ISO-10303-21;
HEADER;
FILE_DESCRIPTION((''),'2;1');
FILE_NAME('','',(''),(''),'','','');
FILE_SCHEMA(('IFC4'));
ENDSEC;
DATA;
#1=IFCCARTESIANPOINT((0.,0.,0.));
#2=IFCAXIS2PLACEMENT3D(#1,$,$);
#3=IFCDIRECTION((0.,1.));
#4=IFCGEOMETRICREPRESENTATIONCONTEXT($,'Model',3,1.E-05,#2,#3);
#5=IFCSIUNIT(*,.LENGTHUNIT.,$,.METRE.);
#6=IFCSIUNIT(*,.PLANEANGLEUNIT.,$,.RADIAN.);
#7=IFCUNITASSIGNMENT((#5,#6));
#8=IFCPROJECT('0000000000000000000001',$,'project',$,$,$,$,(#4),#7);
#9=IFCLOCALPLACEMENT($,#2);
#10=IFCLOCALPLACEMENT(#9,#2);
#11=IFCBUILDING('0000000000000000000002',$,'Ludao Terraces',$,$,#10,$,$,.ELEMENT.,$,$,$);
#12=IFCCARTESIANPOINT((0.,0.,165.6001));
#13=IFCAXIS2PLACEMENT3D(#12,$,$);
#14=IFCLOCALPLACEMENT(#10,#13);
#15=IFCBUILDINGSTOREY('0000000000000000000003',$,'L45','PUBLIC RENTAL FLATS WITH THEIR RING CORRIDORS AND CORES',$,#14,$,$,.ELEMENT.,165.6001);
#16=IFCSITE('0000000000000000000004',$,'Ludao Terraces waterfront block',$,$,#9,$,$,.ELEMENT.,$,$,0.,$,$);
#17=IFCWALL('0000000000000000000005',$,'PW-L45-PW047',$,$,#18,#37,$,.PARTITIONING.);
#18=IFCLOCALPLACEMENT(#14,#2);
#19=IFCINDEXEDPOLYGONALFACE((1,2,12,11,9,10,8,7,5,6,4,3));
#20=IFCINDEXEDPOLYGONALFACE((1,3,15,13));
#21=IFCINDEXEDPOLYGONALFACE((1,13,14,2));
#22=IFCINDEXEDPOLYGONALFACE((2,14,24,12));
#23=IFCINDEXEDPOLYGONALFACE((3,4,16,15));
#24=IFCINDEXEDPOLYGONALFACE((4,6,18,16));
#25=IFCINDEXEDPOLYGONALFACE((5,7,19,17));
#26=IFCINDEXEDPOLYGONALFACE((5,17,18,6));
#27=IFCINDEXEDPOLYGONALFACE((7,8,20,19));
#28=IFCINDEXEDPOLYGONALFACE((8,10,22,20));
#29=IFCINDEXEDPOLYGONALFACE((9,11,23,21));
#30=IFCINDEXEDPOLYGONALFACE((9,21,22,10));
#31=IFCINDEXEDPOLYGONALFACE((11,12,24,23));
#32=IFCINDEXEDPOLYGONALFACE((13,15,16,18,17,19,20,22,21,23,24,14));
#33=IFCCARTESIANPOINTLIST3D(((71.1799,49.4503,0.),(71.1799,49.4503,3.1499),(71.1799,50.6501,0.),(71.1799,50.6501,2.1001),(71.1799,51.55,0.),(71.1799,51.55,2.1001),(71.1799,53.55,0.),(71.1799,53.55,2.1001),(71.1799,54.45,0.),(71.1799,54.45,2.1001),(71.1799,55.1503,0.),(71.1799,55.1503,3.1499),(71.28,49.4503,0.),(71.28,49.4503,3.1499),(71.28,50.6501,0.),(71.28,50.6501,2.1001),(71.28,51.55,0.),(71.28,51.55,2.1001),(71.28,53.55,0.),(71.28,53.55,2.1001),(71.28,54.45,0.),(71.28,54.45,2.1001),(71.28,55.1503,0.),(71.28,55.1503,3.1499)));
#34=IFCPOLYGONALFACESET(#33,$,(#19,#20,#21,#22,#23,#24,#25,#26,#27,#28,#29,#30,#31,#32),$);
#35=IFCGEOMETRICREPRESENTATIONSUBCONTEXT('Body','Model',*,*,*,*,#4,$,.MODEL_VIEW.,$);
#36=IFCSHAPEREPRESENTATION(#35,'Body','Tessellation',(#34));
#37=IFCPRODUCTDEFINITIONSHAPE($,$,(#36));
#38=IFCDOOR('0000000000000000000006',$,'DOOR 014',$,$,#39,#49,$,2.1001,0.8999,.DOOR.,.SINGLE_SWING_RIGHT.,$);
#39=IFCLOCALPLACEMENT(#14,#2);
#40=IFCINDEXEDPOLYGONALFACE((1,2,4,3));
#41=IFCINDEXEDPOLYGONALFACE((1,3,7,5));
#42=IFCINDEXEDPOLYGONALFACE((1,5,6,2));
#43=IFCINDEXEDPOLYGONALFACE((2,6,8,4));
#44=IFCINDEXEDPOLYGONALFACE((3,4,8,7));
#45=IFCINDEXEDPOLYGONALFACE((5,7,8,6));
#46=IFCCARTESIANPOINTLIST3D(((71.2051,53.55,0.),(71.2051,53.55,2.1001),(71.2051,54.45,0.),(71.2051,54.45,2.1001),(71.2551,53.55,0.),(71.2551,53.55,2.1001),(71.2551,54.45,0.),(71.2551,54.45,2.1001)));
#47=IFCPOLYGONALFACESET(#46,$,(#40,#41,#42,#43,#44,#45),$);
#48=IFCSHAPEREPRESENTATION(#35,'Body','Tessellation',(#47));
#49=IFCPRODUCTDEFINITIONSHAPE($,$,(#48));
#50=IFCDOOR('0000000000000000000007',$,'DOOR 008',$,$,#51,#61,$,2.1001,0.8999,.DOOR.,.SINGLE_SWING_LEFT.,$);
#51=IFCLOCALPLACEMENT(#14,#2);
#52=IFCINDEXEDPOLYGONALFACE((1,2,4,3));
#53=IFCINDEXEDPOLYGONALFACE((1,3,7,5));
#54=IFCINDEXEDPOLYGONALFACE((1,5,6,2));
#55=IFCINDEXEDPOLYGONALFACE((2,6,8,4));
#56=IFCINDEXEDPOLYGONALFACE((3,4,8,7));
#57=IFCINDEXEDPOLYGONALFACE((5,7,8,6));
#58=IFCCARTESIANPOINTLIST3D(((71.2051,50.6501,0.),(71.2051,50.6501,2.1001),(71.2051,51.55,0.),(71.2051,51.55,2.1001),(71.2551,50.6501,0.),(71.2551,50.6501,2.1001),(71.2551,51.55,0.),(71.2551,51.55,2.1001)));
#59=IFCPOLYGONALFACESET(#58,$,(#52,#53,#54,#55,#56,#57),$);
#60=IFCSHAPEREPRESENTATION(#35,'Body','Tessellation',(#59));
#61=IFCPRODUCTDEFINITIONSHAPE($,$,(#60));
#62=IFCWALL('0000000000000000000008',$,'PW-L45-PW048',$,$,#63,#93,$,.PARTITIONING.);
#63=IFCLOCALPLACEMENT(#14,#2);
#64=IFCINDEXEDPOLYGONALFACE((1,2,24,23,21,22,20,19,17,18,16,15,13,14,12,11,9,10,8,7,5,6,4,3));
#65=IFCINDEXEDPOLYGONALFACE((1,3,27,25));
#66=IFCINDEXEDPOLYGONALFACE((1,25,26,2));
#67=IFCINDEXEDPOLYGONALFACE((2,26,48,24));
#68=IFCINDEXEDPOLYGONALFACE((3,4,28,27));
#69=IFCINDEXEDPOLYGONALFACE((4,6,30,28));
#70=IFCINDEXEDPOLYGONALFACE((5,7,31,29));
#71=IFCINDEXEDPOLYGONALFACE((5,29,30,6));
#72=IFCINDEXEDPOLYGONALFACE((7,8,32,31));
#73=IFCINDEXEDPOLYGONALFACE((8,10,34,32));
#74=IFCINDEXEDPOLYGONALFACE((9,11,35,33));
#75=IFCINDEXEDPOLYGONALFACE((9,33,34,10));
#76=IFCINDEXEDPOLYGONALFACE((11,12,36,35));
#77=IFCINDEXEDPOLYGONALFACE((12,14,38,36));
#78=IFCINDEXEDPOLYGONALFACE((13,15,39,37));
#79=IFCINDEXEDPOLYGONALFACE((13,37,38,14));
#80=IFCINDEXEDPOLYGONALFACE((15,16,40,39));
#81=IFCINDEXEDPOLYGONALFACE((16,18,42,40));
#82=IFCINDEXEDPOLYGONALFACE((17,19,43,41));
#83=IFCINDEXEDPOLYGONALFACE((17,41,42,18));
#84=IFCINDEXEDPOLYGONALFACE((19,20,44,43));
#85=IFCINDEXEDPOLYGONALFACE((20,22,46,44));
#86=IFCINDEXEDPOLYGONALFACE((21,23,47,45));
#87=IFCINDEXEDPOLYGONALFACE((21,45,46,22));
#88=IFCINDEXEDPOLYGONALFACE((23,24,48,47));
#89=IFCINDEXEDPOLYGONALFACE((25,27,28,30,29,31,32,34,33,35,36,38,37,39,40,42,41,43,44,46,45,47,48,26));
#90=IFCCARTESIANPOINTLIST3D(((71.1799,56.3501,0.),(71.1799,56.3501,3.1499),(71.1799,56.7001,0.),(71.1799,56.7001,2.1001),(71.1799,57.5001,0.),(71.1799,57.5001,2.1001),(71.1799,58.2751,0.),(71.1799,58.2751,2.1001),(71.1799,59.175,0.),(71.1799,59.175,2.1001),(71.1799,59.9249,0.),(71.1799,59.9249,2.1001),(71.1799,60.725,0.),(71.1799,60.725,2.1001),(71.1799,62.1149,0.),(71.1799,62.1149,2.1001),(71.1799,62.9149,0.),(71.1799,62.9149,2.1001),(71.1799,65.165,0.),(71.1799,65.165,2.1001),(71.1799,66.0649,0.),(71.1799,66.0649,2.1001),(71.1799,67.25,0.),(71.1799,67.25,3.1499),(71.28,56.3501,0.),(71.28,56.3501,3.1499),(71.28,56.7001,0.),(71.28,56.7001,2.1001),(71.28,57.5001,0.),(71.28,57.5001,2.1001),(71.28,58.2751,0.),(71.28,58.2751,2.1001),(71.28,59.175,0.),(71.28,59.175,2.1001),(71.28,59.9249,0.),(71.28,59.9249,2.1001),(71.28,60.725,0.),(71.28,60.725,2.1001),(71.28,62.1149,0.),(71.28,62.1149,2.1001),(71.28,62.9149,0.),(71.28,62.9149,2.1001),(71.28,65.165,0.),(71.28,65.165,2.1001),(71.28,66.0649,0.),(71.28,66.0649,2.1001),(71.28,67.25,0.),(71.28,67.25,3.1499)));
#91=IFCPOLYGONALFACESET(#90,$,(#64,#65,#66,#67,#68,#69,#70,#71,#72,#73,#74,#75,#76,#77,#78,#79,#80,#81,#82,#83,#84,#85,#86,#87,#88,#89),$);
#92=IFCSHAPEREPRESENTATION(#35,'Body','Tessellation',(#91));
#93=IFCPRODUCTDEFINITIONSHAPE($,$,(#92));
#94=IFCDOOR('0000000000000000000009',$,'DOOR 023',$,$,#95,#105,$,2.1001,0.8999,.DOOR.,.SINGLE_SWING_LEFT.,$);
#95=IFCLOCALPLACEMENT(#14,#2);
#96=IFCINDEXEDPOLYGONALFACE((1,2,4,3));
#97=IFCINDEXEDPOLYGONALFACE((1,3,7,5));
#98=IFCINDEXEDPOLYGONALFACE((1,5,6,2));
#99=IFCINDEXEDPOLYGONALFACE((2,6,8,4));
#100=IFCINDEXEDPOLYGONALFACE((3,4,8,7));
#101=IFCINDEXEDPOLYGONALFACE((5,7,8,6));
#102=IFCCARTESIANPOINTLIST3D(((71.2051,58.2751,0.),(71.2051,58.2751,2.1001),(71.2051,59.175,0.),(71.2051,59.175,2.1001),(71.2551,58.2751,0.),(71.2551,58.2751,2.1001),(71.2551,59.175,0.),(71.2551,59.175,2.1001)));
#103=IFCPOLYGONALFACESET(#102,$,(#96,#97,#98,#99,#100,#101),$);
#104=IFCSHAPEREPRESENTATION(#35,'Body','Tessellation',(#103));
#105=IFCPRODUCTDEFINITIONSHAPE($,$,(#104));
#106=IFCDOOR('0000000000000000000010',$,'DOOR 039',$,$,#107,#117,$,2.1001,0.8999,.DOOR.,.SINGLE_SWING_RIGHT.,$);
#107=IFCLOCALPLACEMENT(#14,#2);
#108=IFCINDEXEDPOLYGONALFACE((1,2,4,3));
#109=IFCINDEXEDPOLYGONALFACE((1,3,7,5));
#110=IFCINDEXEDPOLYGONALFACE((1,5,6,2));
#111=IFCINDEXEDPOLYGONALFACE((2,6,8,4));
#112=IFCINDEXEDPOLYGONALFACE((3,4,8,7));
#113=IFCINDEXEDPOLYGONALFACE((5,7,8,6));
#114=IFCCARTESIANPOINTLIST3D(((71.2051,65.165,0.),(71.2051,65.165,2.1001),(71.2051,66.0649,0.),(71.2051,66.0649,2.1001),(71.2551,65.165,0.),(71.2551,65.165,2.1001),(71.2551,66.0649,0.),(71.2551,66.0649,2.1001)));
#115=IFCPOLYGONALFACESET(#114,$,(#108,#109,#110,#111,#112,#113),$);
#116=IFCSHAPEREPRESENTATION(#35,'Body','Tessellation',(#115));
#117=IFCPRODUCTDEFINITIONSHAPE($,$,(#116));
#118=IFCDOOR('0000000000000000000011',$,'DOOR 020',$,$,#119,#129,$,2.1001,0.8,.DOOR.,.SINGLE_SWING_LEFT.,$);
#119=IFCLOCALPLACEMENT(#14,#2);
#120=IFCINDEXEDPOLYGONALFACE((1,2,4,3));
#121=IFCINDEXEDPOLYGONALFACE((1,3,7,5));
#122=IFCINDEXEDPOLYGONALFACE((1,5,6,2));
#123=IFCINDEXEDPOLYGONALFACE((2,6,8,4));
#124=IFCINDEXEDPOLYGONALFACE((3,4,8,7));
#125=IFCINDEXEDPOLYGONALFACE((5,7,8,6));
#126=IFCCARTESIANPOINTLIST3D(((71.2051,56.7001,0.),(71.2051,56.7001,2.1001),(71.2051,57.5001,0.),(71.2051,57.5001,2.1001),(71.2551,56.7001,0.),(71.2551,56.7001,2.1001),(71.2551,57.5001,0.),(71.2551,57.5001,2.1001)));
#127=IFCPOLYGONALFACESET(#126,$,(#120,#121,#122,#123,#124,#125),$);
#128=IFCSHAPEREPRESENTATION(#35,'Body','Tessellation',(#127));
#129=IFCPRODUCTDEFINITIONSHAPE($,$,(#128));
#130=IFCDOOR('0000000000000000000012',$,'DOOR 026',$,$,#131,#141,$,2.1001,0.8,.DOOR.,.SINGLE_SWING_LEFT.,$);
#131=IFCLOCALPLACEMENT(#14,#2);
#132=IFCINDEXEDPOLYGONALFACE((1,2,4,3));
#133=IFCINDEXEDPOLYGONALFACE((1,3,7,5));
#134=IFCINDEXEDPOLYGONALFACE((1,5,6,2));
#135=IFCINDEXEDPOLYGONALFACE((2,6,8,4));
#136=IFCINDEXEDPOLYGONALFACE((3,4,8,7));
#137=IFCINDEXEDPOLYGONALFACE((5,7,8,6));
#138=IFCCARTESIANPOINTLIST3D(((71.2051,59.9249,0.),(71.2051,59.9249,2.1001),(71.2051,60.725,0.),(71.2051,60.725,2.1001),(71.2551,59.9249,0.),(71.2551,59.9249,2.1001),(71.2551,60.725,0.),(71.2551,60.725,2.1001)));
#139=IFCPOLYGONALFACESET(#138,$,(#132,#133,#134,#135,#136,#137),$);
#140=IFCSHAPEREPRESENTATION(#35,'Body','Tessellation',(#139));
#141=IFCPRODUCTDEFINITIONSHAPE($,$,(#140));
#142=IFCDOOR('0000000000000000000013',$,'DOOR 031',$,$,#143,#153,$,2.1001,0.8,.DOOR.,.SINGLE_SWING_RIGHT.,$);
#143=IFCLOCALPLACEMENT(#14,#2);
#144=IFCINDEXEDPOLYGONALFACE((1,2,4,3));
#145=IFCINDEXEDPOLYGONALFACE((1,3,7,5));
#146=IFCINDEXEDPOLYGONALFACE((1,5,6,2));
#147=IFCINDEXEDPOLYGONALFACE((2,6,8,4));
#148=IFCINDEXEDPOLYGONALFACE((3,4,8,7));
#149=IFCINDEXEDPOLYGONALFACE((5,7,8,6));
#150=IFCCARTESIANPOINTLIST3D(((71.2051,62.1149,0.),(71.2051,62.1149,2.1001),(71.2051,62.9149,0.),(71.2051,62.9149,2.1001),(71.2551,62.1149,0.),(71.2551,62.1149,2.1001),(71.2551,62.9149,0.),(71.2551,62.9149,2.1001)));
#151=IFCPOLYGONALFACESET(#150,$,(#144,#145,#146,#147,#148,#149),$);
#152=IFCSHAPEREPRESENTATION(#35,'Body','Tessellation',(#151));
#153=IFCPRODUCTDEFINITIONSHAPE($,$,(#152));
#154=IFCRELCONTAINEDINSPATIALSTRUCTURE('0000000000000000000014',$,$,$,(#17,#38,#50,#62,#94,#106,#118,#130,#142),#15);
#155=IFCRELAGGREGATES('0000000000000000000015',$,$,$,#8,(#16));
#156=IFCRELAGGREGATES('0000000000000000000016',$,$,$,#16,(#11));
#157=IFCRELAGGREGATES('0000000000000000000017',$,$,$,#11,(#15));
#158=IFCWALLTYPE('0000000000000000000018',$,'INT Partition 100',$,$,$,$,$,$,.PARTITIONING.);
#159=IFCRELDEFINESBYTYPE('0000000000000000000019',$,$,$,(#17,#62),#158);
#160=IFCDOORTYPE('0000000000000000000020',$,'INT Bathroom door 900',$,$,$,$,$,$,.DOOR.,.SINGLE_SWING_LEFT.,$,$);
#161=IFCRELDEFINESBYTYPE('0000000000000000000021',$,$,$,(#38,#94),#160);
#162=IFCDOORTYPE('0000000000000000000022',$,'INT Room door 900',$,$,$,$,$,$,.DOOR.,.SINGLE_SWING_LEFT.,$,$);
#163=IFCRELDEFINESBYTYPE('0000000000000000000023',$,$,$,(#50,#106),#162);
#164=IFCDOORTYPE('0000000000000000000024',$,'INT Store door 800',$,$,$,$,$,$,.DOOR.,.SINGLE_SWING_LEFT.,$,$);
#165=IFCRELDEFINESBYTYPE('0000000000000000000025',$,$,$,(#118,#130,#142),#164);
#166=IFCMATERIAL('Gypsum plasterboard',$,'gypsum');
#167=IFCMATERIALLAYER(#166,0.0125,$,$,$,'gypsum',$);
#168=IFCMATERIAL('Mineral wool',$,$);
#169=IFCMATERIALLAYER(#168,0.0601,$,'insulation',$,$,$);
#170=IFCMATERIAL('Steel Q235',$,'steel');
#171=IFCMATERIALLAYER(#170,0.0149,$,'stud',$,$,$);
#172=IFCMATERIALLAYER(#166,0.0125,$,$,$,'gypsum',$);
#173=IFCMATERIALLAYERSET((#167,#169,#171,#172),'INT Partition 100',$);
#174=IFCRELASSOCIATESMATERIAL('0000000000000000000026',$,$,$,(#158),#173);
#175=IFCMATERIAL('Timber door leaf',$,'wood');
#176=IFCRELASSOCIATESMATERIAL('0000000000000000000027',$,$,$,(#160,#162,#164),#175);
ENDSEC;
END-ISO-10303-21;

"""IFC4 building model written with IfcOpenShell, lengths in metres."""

from ifc_helpers import new_model, si_unit, direction, frame, frame_2d, origin, place, context, subcontext, project, spatial, rectangle, extrude, material, layer, layer_set, type_object, element, fill, save


model = new_model("IFC4")

# Units and contexts
model_context = context("Model", 3, precision=1e-05, world=origin(), true_north=direction((0.0, 1.0)))
body_context = subcontext(model_context, "Body", "Model", "MODEL_VIEW")
ifc_project = project(units=[si_unit("LENGTHUNIT", "METRE"), si_unit("PLANEANGLEUNIT", "RADIAN")], contexts=[model_context])

# Site, building, storey
site_placement = place(None, origin())
site = spatial("IfcSite", under=ifc_project, at=site_placement, Name="Ludao Terraces waterfront block", CompositionType="ELEMENT", RefElevation=0.0)
building_placement = place(site_placement, origin())
building = spatial("IfcBuilding", under=site, at=building_placement, Name="Ludao Terraces", CompositionType="ELEMENT")
storey_placement = place(building_placement, frame((0.0, 0.0, 165.6001)))
storey = spatial("IfcBuildingStorey", under=building, at=storey_placement, Name="L45", Description="PUBLIC RENTAL FLATS WITH THEIR RING CORRIDORS AND CORES", CompositionType="ELEMENT", Elevation=165.6001)

# Shared definitions
ifc_material_1 = material(Name="Timber door leaf", Category="wood")

# Shared definitions
ifc_material_2 = material(Name="Gypsum plasterboard", Category="gypsum")
ifc_layer_1 = layer(ifc_material_2, 0.0125, Category="gypsum")
ifc_material_3 = material(Name="Mineral wool")
ifc_layer_2 = layer(ifc_material_3, 0.0601, Name="insulation")
ifc_material_4 = material(Name="Steel Q235", Category="steel")
ifc_layer_3 = layer(ifc_material_4, 0.0149, Name="stud")
ifc_layer_4 = layer(ifc_material_2, 0.0125, Category="gypsum")
ifc_layer_set_1 = layer_set([ifc_layer_1, ifc_layer_2, ifc_layer_3, ifc_layer_4], Name="INT Partition 100")
wall_type_1 = type_object("IfcWallType", Name="INT Partition 100", PredefinedType="PARTITIONING", material=ifc_layer_set_1)

# Walls, openings, doors
wall_1_placement = place(storey_placement, frame((71.23, 49.4502, 0.0), z_axis=(0.0, 0.0, 1.0), x_axis=(0.0, 1.0, 0.0)))
wall_1 = element("IfcWall", 1, at=wall_1_placement, inside=storey, type_object=wall_type_1, Name="PW-L45-PW047", PredefinedType="PARTITIONING", context=body_context, shape_type="SweptSolid", body=[
    extrude(rectangle(XDim=5.7, YDim=0.1001, at=frame_2d((2.8501, 0.0))), origin(), (0.0, 0.0, 1.0), 3.1499),
])
opening_1_placement = place(wall_1_placement, frame((1.2, 0.0, 0.0)))
opening_1 = element("IfcOpeningElement", 2, at=opening_1_placement, cuts=wall_1, PredefinedType="OPENING", context=body_context, shape_type="SweptSolid", body=[
    extrude(rectangle(XDim=0.8999, YDim=2.1001, at=frame_2d((0.45, 1.05))), frame((0.0, 0.0601, 0.0), z_axis=(0.0, -1.0, 0.0), x_axis=(1.0, 0.0, 0.0)), (0.0, 0.0, 1.0), 0.1201),
])
opening_2_placement = place(wall_1_placement, frame((4.0999, 0.0, 0.0)))
opening_2 = element("IfcOpeningElement", 3, at=opening_2_placement, cuts=wall_1, PredefinedType="OPENING", context=body_context, shape_type="SweptSolid", body=[
    extrude(rectangle(XDim=0.8999, YDim=2.1001, at=frame_2d((0.45, 1.05))), frame((0.0, 0.0601, 0.0), z_axis=(0.0, -1.0, 0.0), x_axis=(1.0, 0.0, 0.0)), (0.0, 0.0, 1.0), 0.1201),
])
door_type_1 = type_object("IfcDoorType", Name="INT Bathroom door 900", OperationType="SINGLE_SWING_LEFT", PredefinedType="DOOR", material=ifc_material_1)
door_1_placement = place(opening_2_placement, origin())
door_1 = element("IfcDoor", 4, at=door_1_placement, inside=storey, type_object=door_type_1, Name="DOOR 014", OperationType="SINGLE_SWING_RIGHT", OverallHeight=2.1001, OverallWidth=0.8999, PredefinedType="DOOR", context=body_context, shape_type="SweptSolid", body=[
    extrude(rectangle(XDim=0.8999, YDim=2.1001, at=frame_2d((0.45, 1.05))), frame((0.0, 0.0249, 0.0), z_axis=(0.0, -1.0, 0.0), x_axis=(1.0, 0.0, 0.0)), (0.0, 0.0, 1.0), 0.05),
])
fill(opening_2, door_1)
door_type_2 = type_object("IfcDoorType", Name="INT Room door 900", OperationType="SINGLE_SWING_LEFT", PredefinedType="DOOR", material=ifc_material_1)
door_2_placement = place(opening_1_placement, origin())
door_2 = element("IfcDoor", 5, at=door_2_placement, inside=storey, type_object=door_type_2, Name="DOOR 008", OperationType="SINGLE_SWING_LEFT", OverallHeight=2.1001, OverallWidth=0.8999, PredefinedType="DOOR", context=body_context, shape_type="SweptSolid", body=[
    extrude(rectangle(XDim=0.8999, YDim=2.1001, at=frame_2d((0.45, 1.05))), frame((0.0, 0.0249, 0.0), z_axis=(0.0, -1.0, 0.0), x_axis=(1.0, 0.0, 0.0)), (0.0, 0.0, 1.0), 0.05),
])
fill(opening_1, door_2)
wall_2_placement = place(storey_placement, frame((71.23, 56.3501, 0.0), z_axis=(0.0, 0.0, 1.0), x_axis=(0.0, 1.0, 0.0)))
wall_2 = element("IfcWall", 6, at=wall_2_placement, inside=storey, type_object=wall_type_1, Name="PW-L45-PW048", PredefinedType="PARTITIONING", context=body_context, shape_type="SweptSolid", body=[
    extrude(rectangle(XDim=10.8999, YDim=0.1001, at=frame_2d((5.45, 0.0))), origin(), (0.0, 0.0, 1.0), 3.1499),
])
opening_3_placement = place(wall_2_placement, frame((0.3501, 0.0, 0.0)))
opening_3 = element("IfcOpeningElement", 7, at=opening_3_placement, cuts=wall_2, PredefinedType="OPENING", context=body_context, shape_type="SweptSolid", body=[
    extrude(rectangle(XDim=0.8, YDim=2.1001, at=frame_2d((0.3999, 1.05))), frame((0.0, 0.0601, 0.0), z_axis=(0.0, -1.0, 0.0), x_axis=(1.0, 0.0, 0.0)), (0.0, 0.0, 1.0), 0.1201),
])
opening_4_placement = place(wall_2_placement, frame((1.925, 0.0, 0.0)))
opening_4 = element("IfcOpeningElement", 8, at=opening_4_placement, cuts=wall_2, PredefinedType="OPENING", context=body_context, shape_type="SweptSolid", body=[
    extrude(rectangle(XDim=0.8999, YDim=2.1001, at=frame_2d((0.45, 1.05))), frame((0.0, 0.0601, 0.0), z_axis=(0.0, -1.0, 0.0), x_axis=(1.0, 0.0, 0.0)), (0.0, 0.0, 1.0), 0.1201),
])
opening_5_placement = place(wall_2_placement, frame((3.575, 0.0, 0.0)))
opening_5 = element("IfcOpeningElement", 9, at=opening_5_placement, cuts=wall_2, PredefinedType="OPENING", context=body_context, shape_type="SweptSolid", body=[
    extrude(rectangle(XDim=0.8, YDim=2.1001, at=frame_2d((0.3999, 1.05))), frame((0.0, 0.0601, 0.0), z_axis=(0.0, -1.0, 0.0), x_axis=(1.0, 0.0, 0.0)), (0.0, 0.0, 1.0), 0.1201),
])
opening_6_placement = place(wall_2_placement, frame((5.7649, 0.0, 0.0)))
opening_6 = element("IfcOpeningElement", 10, at=opening_6_placement, cuts=wall_2, PredefinedType="OPENING", context=body_context, shape_type="SweptSolid", body=[
    extrude(rectangle(XDim=0.8, YDim=2.1001, at=frame_2d((0.3999, 1.05))), frame((0.0, 0.0601, 0.0), z_axis=(0.0, -1.0, 0.0), x_axis=(1.0, 0.0, 0.0)), (0.0, 0.0, 1.0), 0.1201),
])
opening_7_placement = place(wall_2_placement, frame((8.8149, 0.0, 0.0)))
opening_7 = element("IfcOpeningElement", 11, at=opening_7_placement, cuts=wall_2, PredefinedType="OPENING", context=body_context, shape_type="SweptSolid", body=[
    extrude(rectangle(XDim=0.8999, YDim=2.1001, at=frame_2d((0.45, 1.05))), frame((0.0, 0.0601, 0.0), z_axis=(0.0, -1.0, 0.0), x_axis=(1.0, 0.0, 0.0)), (0.0, 0.0, 1.0), 0.1201),
])
door_3_placement = place(opening_4_placement, origin())
door_3 = element("IfcDoor", 12, at=door_3_placement, inside=storey, type_object=door_type_1, Name="DOOR 023", OperationType="SINGLE_SWING_LEFT", OverallHeight=2.1001, OverallWidth=0.8999, PredefinedType="DOOR", context=body_context, shape_type="SweptSolid", body=[
    extrude(rectangle(XDim=0.8999, YDim=2.1001, at=frame_2d((0.45, 1.05))), frame((0.0, 0.0249, 0.0), z_axis=(0.0, -1.0, 0.0), x_axis=(1.0, 0.0, 0.0)), (0.0, 0.0, 1.0), 0.05),
])
fill(opening_4, door_3)
door_4_placement = place(opening_7_placement, origin())
door_4 = element("IfcDoor", 13, at=door_4_placement, inside=storey, type_object=door_type_2, Name="DOOR 039", OperationType="SINGLE_SWING_RIGHT", OverallHeight=2.1001, OverallWidth=0.8999, PredefinedType="DOOR", context=body_context, shape_type="SweptSolid", body=[
    extrude(rectangle(XDim=0.8999, YDim=2.1001, at=frame_2d((0.45, 1.05))), frame((0.0, 0.0249, 0.0), z_axis=(0.0, -1.0, 0.0), x_axis=(1.0, 0.0, 0.0)), (0.0, 0.0, 1.0), 0.05),
])
fill(opening_7, door_4)
door_type_3 = type_object("IfcDoorType", Name="INT Store door 800", OperationType="SINGLE_SWING_LEFT", PredefinedType="DOOR", material=ifc_material_1)
door_5_placement = place(opening_3_placement, origin())
door_5 = element("IfcDoor", 14, at=door_5_placement, inside=storey, type_object=door_type_3, Name="DOOR 020", OperationType="SINGLE_SWING_LEFT", OverallHeight=2.1001, OverallWidth=0.8, PredefinedType="DOOR", context=body_context, shape_type="SweptSolid", body=[
    extrude(rectangle(XDim=0.8, YDim=2.1001, at=frame_2d((0.3999, 1.05))), frame((0.0, 0.0249, 0.0), z_axis=(0.0, -1.0, 0.0), x_axis=(1.0, 0.0, 0.0)), (0.0, 0.0, 1.0), 0.05),
])
fill(opening_3, door_5)
door_6_placement = place(opening_5_placement, origin())
door_6 = element("IfcDoor", 15, at=door_6_placement, inside=storey, type_object=door_type_3, Name="DOOR 026", OperationType="SINGLE_SWING_LEFT", OverallHeight=2.1001, OverallWidth=0.8, PredefinedType="DOOR", context=body_context, shape_type="SweptSolid", body=[
    extrude(rectangle(XDim=0.8, YDim=2.1001, at=frame_2d((0.3999, 1.05))), frame((0.0, 0.0249, 0.0), z_axis=(0.0, -1.0, 0.0), x_axis=(1.0, 0.0, 0.0)), (0.0, 0.0, 1.0), 0.05),
])
fill(opening_5, door_6)
door_7_placement = place(opening_6_placement, origin())
door_7 = element("IfcDoor", 16, at=door_7_placement, inside=storey, type_object=door_type_3, Name="DOOR 031", OperationType="SINGLE_SWING_RIGHT", OverallHeight=2.1001, OverallWidth=0.8, PredefinedType="DOOR", context=body_context, shape_type="SweptSolid", body=[
    extrude(rectangle(XDim=0.8, YDim=2.1001, at=frame_2d((0.3999, 1.05))), frame((0.0, 0.0249, 0.0), z_axis=(0.0, -1.0, 0.0), x_axis=(1.0, 0.0, 0.0)), (0.0, 0.0, 1.0), 0.05),
])
fill(opening_6, door_7)

save(model, "model.ifc")
